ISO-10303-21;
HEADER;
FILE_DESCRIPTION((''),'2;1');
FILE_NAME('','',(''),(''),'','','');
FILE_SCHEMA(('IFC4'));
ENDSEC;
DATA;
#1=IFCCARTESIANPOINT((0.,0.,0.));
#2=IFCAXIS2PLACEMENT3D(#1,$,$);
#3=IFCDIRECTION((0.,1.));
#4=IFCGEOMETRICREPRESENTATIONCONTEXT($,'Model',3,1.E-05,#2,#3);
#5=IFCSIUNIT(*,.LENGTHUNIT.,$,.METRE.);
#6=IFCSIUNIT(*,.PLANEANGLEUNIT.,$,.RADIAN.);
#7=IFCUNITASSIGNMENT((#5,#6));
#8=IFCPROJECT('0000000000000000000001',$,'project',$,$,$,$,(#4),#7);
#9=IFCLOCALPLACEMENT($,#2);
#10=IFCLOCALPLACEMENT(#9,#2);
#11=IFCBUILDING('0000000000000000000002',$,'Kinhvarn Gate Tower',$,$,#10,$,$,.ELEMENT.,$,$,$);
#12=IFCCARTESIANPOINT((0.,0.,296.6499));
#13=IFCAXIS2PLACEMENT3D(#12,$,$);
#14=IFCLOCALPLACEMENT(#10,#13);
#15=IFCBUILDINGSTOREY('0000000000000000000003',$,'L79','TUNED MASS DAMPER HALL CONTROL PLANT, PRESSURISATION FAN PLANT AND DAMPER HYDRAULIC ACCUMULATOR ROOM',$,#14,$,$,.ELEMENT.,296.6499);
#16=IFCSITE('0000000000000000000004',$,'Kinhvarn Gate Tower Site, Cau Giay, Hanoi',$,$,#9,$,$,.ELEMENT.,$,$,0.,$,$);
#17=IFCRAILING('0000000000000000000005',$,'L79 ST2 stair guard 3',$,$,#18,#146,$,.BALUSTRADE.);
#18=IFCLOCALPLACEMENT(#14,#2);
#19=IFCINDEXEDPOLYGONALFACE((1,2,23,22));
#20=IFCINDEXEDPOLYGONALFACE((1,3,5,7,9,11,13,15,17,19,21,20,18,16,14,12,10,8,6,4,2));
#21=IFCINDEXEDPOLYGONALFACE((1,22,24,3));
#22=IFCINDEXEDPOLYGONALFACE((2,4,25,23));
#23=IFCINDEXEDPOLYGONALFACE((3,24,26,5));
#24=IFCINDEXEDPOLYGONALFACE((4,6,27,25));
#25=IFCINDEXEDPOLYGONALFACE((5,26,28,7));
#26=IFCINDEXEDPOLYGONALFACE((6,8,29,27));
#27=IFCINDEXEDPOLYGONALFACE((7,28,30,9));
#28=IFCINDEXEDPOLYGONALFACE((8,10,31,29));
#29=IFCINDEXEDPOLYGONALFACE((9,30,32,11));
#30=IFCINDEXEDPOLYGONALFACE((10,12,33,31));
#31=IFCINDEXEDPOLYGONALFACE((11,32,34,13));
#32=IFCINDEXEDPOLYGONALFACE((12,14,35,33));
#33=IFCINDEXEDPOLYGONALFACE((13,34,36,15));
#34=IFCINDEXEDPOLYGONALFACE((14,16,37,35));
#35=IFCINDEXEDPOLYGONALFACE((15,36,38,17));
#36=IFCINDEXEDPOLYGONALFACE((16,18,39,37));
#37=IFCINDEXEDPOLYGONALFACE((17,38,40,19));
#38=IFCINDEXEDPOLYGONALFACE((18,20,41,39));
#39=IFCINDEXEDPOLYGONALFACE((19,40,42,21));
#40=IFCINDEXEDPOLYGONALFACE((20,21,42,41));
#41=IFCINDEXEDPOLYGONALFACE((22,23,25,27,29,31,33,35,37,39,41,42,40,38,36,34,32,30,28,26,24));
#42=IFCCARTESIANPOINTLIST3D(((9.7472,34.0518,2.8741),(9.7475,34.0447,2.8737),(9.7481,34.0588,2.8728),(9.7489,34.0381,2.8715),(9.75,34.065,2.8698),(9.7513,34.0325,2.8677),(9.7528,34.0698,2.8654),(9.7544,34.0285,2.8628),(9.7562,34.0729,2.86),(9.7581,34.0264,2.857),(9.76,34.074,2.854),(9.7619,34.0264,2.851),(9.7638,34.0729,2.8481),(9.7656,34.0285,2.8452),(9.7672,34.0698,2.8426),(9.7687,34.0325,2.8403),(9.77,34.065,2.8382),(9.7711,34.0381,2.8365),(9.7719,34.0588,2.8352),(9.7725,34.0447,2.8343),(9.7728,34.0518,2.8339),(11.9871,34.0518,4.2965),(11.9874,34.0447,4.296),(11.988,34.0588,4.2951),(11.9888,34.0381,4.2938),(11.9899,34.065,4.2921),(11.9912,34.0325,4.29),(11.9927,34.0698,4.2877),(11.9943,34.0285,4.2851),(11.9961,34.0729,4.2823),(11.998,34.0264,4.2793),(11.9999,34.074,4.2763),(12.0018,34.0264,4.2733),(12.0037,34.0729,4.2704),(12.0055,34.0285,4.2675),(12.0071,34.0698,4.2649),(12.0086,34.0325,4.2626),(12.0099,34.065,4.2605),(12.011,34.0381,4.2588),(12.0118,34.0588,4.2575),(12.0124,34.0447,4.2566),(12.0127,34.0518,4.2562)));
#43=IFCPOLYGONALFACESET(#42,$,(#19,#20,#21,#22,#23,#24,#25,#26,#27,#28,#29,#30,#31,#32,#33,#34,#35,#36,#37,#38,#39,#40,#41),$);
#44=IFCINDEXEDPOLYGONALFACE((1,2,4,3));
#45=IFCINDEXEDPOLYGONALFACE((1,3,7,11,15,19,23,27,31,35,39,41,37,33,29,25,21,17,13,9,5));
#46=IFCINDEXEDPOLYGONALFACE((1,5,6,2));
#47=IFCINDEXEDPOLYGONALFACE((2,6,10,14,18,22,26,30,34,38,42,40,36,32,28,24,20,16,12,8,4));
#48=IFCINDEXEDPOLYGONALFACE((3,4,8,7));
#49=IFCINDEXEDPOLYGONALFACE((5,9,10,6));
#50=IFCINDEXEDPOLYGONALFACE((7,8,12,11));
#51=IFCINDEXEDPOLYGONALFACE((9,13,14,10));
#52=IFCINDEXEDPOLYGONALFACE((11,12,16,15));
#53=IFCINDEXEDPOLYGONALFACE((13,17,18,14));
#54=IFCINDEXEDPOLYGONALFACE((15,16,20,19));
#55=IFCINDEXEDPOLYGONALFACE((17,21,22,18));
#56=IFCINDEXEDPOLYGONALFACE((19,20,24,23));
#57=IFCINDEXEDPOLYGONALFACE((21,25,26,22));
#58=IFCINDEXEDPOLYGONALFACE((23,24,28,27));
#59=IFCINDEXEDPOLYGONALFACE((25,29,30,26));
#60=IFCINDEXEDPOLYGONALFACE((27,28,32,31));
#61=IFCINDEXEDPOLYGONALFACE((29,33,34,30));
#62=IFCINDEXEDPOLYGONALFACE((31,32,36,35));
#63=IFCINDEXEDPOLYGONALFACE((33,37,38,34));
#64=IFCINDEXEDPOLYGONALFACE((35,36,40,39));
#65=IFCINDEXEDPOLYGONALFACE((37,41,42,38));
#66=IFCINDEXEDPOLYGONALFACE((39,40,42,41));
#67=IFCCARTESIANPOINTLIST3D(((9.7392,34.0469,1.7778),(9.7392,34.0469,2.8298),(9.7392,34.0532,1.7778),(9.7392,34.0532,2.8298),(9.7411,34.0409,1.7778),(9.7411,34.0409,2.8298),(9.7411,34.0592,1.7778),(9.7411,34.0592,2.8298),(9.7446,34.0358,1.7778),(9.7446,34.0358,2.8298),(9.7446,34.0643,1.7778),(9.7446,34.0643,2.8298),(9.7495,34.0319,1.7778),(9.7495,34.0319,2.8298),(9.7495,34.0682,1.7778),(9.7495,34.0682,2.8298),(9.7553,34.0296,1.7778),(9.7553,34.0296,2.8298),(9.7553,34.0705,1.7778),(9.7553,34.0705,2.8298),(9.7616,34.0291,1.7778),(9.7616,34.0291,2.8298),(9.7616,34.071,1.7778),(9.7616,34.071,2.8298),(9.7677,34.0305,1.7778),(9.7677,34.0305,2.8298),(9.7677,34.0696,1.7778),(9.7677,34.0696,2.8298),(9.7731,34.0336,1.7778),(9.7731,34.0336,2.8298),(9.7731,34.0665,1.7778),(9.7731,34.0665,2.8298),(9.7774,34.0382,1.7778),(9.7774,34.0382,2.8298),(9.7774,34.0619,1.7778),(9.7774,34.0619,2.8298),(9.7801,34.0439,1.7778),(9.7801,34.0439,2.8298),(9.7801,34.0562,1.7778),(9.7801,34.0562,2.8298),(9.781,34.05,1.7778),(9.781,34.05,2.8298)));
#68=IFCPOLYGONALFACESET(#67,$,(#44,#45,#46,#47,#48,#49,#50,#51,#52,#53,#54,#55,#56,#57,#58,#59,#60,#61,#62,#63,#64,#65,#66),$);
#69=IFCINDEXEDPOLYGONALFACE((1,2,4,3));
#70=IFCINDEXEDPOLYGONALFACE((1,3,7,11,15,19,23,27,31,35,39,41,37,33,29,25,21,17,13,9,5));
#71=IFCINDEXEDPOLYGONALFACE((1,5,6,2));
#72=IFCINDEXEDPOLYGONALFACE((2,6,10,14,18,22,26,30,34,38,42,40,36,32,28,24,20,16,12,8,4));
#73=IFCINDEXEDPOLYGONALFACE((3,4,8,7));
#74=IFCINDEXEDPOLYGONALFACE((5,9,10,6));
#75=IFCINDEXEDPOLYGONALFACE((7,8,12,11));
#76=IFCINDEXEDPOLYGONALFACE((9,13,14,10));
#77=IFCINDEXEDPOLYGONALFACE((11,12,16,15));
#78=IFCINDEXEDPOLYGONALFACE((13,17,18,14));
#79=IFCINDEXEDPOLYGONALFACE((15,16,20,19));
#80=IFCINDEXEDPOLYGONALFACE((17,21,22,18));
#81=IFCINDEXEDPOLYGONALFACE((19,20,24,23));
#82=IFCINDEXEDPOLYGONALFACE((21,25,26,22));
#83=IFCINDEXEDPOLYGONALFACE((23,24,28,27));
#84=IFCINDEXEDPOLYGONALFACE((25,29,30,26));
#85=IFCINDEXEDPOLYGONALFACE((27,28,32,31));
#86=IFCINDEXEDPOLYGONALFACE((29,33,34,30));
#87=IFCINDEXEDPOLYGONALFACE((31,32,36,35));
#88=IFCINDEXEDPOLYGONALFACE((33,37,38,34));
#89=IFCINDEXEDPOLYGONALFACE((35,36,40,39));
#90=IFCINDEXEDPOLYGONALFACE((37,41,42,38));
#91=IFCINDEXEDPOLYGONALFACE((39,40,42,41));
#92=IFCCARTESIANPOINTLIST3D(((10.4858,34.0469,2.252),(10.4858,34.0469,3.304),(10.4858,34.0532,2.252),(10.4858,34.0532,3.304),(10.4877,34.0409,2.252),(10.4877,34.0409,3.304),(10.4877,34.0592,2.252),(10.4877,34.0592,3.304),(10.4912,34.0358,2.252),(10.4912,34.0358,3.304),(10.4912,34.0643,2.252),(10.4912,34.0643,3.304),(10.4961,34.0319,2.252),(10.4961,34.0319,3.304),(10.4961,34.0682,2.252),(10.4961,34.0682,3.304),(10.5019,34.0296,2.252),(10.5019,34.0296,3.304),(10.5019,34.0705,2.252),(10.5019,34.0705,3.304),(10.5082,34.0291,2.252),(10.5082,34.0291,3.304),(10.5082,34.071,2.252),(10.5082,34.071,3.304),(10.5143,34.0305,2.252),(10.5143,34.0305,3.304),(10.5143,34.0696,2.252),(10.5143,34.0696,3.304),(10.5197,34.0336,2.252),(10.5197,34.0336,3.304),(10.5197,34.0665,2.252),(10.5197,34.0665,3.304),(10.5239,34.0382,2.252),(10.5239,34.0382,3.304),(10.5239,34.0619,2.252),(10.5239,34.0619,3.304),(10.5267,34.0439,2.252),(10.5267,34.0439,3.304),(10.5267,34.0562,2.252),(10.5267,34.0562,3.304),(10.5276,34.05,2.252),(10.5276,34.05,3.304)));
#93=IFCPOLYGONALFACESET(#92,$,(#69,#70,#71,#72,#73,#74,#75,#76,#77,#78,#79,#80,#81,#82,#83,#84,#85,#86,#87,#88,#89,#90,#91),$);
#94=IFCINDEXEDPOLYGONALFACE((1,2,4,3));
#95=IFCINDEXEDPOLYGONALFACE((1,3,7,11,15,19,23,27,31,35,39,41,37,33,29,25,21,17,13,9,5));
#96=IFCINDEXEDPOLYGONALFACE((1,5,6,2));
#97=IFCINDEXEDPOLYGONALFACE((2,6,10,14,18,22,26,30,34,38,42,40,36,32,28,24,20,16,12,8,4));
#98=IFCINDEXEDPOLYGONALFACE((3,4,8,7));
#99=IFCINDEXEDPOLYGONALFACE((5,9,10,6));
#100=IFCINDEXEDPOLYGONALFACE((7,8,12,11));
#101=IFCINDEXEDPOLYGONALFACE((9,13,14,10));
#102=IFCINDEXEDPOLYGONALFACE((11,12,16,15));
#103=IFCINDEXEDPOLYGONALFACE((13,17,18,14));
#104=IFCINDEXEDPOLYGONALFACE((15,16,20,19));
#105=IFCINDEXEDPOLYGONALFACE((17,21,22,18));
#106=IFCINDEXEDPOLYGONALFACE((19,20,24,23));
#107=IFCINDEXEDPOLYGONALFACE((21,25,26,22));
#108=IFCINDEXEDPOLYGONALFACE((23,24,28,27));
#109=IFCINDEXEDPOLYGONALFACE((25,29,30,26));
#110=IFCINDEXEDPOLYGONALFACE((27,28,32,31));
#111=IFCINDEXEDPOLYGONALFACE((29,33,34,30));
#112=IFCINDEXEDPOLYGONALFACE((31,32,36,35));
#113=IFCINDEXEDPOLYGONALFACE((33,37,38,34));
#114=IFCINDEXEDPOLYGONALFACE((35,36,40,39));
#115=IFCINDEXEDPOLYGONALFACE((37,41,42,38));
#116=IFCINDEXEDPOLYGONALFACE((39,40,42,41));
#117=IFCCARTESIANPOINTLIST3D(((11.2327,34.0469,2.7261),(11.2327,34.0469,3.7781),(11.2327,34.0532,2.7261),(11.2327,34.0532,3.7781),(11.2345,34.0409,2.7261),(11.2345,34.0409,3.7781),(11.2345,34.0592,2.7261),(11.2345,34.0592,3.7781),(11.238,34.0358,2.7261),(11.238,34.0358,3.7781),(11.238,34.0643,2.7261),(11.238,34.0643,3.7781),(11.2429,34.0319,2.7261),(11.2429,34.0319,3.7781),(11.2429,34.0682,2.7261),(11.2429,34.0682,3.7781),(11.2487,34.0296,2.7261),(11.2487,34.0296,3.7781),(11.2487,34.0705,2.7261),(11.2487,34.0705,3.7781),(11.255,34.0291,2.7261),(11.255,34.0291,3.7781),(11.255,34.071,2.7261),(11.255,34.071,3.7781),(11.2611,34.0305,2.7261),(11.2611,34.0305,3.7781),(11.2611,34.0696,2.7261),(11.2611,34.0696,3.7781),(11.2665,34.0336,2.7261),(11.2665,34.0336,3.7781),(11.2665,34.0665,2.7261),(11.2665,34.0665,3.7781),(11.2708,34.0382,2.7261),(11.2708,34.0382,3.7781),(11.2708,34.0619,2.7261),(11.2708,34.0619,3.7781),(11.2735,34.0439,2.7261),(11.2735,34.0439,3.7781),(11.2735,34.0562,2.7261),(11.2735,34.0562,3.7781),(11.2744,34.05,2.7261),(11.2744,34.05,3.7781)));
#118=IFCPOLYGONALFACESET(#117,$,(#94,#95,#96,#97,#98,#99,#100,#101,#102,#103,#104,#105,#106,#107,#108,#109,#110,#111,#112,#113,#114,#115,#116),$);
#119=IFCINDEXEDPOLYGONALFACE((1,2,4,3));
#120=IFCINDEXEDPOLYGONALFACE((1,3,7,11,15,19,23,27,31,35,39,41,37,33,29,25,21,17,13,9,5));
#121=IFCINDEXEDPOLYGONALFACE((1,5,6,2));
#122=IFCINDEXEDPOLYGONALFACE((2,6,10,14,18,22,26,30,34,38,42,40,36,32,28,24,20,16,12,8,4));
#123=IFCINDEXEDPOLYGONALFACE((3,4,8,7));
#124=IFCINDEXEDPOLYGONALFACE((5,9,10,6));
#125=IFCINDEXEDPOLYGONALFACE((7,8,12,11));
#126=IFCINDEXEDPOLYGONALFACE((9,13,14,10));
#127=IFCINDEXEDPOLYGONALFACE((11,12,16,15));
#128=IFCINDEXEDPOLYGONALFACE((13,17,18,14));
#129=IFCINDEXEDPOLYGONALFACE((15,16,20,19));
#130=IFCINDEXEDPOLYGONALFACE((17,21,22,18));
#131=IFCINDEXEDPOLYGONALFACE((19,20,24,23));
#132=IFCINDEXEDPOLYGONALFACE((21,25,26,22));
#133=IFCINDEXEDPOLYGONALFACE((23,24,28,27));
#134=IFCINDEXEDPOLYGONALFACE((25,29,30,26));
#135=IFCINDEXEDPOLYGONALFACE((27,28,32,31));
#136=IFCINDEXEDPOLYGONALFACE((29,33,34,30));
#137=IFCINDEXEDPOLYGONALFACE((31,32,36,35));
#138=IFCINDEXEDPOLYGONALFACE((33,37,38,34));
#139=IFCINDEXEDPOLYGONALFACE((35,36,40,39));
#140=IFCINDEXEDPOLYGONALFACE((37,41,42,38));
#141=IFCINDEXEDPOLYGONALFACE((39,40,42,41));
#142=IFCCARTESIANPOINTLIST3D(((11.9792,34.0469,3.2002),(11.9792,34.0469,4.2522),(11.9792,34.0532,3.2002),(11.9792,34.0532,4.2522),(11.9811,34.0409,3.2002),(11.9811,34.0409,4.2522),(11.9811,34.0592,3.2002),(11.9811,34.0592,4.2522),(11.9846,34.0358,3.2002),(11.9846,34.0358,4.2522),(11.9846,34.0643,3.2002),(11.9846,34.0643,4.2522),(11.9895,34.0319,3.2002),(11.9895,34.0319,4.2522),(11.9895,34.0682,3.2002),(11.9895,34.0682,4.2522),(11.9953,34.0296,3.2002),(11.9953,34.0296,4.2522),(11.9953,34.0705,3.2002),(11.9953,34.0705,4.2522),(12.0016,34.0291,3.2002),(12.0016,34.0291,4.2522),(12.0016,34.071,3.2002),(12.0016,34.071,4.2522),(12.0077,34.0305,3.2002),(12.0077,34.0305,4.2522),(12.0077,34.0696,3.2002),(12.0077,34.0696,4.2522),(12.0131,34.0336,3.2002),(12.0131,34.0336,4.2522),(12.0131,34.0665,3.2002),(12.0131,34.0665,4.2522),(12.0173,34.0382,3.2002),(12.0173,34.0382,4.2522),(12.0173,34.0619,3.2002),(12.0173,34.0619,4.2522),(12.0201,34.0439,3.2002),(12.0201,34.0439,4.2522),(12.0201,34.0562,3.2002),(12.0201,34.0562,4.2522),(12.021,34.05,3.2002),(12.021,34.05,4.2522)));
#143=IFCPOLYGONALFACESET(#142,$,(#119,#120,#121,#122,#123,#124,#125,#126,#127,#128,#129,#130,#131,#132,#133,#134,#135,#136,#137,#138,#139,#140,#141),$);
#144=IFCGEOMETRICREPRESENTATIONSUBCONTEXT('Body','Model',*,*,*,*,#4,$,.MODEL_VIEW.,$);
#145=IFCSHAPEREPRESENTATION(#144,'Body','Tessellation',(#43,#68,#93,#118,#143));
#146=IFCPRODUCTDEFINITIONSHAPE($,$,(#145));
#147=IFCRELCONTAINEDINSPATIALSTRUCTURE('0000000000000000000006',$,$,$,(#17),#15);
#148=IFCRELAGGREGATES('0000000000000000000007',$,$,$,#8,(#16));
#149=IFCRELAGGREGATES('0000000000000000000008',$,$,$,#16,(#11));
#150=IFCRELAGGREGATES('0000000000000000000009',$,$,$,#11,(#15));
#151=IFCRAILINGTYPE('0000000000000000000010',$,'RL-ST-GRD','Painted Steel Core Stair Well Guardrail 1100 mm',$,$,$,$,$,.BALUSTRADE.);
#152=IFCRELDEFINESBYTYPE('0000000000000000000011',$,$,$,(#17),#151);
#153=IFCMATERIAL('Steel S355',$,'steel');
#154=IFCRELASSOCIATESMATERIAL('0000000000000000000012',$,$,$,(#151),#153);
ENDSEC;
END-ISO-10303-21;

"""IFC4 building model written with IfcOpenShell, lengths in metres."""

from ifc_helpers import new_model, si_unit, direction, frame, origin, origin_2d, place, context, subcontext, project, spatial, circle, extrude, material, type_object, element, save


model = new_model("IFC4")

# Units and contexts
model_context = context("Model", 3, precision=1e-05, world=origin(), true_north=direction((0.0, 1.0)))
body_context = subcontext(model_context, "Body", "Model", "MODEL_VIEW")
ifc_project = project(units=[si_unit("LENGTHUNIT", "METRE"), si_unit("PLANEANGLEUNIT", "RADIAN")], contexts=[model_context])

# Site, building, storey
site_placement = place(None, origin())
site = spatial("IfcSite", under=ifc_project, at=site_placement, Name="Kinhvarn Gate Tower Site, Cau Giay, Hanoi", CompositionType="ELEMENT", RefElevation=0.0)
building_placement = place(site_placement, origin())
building = spatial("IfcBuilding", under=site, at=building_placement, Name="Kinhvarn Gate Tower", CompositionType="ELEMENT")
storey_placement = place(building_placement, frame((0.0, 0.0, 296.6499)))
storey = spatial("IfcBuildingStorey", under=building, at=storey_placement, Name="L79", Description="TUNED MASS DAMPER HALL CONTROL PLANT, PRESSURISATION FAN PLANT AND DAMPER HYDRAULIC ACCUMULATOR ROOM", CompositionType="ELEMENT", Elevation=296.6499)

# Shared definitions
ifc_material_1 = material(Name="Steel S355", Category="steel")

# Railing
railing_type = type_object("IfcRailingType", Name="RL-ST-GRD", Description="Painted Steel Core Stair Well Guardrail 1100 mm", PredefinedType="BALUSTRADE", material=ifc_material_1)
railing_1_placement = place(storey_placement, frame((9.76, 34.05, 1.7778)))
element("IfcRailing", 1, at=railing_1_placement, inside=storey, type_object=railing_type, Name="L79 ST2 stair guard 3", PredefinedType="BALUSTRADE", context=body_context, shape_type="SweptSolid", body=[
    extrude(circle(Radius=0.0239, at=origin_2d()), frame((0.0, 0.0, 1.0762), z_axis=(0.844188, 0.0, 0.536048), x_axis=(0.0, 1.0, 0.0)), (0.0, 0.0, 1.0), 2.6533),
    extrude(circle(Radius=0.021, at=origin_2d()), origin(), (0.0, 0.0, 1.0), 1.052),
    extrude(circle(Radius=0.021, at=origin_2d()), frame((0.7466, 0.0, 0.4741)), (0.0, 0.0, 1.0), 1.052),
    extrude(circle(Radius=0.021, at=origin_2d()), frame((1.4934, 0.0, 0.9482)), (0.0, 0.0, 1.0), 1.052),
    extrude(circle(Radius=0.021, at=origin_2d()), frame((2.24, 0.0, 1.4224)), (0.0, 0.0, 1.0), 1.052),
])

save(model, "model.ifc")
